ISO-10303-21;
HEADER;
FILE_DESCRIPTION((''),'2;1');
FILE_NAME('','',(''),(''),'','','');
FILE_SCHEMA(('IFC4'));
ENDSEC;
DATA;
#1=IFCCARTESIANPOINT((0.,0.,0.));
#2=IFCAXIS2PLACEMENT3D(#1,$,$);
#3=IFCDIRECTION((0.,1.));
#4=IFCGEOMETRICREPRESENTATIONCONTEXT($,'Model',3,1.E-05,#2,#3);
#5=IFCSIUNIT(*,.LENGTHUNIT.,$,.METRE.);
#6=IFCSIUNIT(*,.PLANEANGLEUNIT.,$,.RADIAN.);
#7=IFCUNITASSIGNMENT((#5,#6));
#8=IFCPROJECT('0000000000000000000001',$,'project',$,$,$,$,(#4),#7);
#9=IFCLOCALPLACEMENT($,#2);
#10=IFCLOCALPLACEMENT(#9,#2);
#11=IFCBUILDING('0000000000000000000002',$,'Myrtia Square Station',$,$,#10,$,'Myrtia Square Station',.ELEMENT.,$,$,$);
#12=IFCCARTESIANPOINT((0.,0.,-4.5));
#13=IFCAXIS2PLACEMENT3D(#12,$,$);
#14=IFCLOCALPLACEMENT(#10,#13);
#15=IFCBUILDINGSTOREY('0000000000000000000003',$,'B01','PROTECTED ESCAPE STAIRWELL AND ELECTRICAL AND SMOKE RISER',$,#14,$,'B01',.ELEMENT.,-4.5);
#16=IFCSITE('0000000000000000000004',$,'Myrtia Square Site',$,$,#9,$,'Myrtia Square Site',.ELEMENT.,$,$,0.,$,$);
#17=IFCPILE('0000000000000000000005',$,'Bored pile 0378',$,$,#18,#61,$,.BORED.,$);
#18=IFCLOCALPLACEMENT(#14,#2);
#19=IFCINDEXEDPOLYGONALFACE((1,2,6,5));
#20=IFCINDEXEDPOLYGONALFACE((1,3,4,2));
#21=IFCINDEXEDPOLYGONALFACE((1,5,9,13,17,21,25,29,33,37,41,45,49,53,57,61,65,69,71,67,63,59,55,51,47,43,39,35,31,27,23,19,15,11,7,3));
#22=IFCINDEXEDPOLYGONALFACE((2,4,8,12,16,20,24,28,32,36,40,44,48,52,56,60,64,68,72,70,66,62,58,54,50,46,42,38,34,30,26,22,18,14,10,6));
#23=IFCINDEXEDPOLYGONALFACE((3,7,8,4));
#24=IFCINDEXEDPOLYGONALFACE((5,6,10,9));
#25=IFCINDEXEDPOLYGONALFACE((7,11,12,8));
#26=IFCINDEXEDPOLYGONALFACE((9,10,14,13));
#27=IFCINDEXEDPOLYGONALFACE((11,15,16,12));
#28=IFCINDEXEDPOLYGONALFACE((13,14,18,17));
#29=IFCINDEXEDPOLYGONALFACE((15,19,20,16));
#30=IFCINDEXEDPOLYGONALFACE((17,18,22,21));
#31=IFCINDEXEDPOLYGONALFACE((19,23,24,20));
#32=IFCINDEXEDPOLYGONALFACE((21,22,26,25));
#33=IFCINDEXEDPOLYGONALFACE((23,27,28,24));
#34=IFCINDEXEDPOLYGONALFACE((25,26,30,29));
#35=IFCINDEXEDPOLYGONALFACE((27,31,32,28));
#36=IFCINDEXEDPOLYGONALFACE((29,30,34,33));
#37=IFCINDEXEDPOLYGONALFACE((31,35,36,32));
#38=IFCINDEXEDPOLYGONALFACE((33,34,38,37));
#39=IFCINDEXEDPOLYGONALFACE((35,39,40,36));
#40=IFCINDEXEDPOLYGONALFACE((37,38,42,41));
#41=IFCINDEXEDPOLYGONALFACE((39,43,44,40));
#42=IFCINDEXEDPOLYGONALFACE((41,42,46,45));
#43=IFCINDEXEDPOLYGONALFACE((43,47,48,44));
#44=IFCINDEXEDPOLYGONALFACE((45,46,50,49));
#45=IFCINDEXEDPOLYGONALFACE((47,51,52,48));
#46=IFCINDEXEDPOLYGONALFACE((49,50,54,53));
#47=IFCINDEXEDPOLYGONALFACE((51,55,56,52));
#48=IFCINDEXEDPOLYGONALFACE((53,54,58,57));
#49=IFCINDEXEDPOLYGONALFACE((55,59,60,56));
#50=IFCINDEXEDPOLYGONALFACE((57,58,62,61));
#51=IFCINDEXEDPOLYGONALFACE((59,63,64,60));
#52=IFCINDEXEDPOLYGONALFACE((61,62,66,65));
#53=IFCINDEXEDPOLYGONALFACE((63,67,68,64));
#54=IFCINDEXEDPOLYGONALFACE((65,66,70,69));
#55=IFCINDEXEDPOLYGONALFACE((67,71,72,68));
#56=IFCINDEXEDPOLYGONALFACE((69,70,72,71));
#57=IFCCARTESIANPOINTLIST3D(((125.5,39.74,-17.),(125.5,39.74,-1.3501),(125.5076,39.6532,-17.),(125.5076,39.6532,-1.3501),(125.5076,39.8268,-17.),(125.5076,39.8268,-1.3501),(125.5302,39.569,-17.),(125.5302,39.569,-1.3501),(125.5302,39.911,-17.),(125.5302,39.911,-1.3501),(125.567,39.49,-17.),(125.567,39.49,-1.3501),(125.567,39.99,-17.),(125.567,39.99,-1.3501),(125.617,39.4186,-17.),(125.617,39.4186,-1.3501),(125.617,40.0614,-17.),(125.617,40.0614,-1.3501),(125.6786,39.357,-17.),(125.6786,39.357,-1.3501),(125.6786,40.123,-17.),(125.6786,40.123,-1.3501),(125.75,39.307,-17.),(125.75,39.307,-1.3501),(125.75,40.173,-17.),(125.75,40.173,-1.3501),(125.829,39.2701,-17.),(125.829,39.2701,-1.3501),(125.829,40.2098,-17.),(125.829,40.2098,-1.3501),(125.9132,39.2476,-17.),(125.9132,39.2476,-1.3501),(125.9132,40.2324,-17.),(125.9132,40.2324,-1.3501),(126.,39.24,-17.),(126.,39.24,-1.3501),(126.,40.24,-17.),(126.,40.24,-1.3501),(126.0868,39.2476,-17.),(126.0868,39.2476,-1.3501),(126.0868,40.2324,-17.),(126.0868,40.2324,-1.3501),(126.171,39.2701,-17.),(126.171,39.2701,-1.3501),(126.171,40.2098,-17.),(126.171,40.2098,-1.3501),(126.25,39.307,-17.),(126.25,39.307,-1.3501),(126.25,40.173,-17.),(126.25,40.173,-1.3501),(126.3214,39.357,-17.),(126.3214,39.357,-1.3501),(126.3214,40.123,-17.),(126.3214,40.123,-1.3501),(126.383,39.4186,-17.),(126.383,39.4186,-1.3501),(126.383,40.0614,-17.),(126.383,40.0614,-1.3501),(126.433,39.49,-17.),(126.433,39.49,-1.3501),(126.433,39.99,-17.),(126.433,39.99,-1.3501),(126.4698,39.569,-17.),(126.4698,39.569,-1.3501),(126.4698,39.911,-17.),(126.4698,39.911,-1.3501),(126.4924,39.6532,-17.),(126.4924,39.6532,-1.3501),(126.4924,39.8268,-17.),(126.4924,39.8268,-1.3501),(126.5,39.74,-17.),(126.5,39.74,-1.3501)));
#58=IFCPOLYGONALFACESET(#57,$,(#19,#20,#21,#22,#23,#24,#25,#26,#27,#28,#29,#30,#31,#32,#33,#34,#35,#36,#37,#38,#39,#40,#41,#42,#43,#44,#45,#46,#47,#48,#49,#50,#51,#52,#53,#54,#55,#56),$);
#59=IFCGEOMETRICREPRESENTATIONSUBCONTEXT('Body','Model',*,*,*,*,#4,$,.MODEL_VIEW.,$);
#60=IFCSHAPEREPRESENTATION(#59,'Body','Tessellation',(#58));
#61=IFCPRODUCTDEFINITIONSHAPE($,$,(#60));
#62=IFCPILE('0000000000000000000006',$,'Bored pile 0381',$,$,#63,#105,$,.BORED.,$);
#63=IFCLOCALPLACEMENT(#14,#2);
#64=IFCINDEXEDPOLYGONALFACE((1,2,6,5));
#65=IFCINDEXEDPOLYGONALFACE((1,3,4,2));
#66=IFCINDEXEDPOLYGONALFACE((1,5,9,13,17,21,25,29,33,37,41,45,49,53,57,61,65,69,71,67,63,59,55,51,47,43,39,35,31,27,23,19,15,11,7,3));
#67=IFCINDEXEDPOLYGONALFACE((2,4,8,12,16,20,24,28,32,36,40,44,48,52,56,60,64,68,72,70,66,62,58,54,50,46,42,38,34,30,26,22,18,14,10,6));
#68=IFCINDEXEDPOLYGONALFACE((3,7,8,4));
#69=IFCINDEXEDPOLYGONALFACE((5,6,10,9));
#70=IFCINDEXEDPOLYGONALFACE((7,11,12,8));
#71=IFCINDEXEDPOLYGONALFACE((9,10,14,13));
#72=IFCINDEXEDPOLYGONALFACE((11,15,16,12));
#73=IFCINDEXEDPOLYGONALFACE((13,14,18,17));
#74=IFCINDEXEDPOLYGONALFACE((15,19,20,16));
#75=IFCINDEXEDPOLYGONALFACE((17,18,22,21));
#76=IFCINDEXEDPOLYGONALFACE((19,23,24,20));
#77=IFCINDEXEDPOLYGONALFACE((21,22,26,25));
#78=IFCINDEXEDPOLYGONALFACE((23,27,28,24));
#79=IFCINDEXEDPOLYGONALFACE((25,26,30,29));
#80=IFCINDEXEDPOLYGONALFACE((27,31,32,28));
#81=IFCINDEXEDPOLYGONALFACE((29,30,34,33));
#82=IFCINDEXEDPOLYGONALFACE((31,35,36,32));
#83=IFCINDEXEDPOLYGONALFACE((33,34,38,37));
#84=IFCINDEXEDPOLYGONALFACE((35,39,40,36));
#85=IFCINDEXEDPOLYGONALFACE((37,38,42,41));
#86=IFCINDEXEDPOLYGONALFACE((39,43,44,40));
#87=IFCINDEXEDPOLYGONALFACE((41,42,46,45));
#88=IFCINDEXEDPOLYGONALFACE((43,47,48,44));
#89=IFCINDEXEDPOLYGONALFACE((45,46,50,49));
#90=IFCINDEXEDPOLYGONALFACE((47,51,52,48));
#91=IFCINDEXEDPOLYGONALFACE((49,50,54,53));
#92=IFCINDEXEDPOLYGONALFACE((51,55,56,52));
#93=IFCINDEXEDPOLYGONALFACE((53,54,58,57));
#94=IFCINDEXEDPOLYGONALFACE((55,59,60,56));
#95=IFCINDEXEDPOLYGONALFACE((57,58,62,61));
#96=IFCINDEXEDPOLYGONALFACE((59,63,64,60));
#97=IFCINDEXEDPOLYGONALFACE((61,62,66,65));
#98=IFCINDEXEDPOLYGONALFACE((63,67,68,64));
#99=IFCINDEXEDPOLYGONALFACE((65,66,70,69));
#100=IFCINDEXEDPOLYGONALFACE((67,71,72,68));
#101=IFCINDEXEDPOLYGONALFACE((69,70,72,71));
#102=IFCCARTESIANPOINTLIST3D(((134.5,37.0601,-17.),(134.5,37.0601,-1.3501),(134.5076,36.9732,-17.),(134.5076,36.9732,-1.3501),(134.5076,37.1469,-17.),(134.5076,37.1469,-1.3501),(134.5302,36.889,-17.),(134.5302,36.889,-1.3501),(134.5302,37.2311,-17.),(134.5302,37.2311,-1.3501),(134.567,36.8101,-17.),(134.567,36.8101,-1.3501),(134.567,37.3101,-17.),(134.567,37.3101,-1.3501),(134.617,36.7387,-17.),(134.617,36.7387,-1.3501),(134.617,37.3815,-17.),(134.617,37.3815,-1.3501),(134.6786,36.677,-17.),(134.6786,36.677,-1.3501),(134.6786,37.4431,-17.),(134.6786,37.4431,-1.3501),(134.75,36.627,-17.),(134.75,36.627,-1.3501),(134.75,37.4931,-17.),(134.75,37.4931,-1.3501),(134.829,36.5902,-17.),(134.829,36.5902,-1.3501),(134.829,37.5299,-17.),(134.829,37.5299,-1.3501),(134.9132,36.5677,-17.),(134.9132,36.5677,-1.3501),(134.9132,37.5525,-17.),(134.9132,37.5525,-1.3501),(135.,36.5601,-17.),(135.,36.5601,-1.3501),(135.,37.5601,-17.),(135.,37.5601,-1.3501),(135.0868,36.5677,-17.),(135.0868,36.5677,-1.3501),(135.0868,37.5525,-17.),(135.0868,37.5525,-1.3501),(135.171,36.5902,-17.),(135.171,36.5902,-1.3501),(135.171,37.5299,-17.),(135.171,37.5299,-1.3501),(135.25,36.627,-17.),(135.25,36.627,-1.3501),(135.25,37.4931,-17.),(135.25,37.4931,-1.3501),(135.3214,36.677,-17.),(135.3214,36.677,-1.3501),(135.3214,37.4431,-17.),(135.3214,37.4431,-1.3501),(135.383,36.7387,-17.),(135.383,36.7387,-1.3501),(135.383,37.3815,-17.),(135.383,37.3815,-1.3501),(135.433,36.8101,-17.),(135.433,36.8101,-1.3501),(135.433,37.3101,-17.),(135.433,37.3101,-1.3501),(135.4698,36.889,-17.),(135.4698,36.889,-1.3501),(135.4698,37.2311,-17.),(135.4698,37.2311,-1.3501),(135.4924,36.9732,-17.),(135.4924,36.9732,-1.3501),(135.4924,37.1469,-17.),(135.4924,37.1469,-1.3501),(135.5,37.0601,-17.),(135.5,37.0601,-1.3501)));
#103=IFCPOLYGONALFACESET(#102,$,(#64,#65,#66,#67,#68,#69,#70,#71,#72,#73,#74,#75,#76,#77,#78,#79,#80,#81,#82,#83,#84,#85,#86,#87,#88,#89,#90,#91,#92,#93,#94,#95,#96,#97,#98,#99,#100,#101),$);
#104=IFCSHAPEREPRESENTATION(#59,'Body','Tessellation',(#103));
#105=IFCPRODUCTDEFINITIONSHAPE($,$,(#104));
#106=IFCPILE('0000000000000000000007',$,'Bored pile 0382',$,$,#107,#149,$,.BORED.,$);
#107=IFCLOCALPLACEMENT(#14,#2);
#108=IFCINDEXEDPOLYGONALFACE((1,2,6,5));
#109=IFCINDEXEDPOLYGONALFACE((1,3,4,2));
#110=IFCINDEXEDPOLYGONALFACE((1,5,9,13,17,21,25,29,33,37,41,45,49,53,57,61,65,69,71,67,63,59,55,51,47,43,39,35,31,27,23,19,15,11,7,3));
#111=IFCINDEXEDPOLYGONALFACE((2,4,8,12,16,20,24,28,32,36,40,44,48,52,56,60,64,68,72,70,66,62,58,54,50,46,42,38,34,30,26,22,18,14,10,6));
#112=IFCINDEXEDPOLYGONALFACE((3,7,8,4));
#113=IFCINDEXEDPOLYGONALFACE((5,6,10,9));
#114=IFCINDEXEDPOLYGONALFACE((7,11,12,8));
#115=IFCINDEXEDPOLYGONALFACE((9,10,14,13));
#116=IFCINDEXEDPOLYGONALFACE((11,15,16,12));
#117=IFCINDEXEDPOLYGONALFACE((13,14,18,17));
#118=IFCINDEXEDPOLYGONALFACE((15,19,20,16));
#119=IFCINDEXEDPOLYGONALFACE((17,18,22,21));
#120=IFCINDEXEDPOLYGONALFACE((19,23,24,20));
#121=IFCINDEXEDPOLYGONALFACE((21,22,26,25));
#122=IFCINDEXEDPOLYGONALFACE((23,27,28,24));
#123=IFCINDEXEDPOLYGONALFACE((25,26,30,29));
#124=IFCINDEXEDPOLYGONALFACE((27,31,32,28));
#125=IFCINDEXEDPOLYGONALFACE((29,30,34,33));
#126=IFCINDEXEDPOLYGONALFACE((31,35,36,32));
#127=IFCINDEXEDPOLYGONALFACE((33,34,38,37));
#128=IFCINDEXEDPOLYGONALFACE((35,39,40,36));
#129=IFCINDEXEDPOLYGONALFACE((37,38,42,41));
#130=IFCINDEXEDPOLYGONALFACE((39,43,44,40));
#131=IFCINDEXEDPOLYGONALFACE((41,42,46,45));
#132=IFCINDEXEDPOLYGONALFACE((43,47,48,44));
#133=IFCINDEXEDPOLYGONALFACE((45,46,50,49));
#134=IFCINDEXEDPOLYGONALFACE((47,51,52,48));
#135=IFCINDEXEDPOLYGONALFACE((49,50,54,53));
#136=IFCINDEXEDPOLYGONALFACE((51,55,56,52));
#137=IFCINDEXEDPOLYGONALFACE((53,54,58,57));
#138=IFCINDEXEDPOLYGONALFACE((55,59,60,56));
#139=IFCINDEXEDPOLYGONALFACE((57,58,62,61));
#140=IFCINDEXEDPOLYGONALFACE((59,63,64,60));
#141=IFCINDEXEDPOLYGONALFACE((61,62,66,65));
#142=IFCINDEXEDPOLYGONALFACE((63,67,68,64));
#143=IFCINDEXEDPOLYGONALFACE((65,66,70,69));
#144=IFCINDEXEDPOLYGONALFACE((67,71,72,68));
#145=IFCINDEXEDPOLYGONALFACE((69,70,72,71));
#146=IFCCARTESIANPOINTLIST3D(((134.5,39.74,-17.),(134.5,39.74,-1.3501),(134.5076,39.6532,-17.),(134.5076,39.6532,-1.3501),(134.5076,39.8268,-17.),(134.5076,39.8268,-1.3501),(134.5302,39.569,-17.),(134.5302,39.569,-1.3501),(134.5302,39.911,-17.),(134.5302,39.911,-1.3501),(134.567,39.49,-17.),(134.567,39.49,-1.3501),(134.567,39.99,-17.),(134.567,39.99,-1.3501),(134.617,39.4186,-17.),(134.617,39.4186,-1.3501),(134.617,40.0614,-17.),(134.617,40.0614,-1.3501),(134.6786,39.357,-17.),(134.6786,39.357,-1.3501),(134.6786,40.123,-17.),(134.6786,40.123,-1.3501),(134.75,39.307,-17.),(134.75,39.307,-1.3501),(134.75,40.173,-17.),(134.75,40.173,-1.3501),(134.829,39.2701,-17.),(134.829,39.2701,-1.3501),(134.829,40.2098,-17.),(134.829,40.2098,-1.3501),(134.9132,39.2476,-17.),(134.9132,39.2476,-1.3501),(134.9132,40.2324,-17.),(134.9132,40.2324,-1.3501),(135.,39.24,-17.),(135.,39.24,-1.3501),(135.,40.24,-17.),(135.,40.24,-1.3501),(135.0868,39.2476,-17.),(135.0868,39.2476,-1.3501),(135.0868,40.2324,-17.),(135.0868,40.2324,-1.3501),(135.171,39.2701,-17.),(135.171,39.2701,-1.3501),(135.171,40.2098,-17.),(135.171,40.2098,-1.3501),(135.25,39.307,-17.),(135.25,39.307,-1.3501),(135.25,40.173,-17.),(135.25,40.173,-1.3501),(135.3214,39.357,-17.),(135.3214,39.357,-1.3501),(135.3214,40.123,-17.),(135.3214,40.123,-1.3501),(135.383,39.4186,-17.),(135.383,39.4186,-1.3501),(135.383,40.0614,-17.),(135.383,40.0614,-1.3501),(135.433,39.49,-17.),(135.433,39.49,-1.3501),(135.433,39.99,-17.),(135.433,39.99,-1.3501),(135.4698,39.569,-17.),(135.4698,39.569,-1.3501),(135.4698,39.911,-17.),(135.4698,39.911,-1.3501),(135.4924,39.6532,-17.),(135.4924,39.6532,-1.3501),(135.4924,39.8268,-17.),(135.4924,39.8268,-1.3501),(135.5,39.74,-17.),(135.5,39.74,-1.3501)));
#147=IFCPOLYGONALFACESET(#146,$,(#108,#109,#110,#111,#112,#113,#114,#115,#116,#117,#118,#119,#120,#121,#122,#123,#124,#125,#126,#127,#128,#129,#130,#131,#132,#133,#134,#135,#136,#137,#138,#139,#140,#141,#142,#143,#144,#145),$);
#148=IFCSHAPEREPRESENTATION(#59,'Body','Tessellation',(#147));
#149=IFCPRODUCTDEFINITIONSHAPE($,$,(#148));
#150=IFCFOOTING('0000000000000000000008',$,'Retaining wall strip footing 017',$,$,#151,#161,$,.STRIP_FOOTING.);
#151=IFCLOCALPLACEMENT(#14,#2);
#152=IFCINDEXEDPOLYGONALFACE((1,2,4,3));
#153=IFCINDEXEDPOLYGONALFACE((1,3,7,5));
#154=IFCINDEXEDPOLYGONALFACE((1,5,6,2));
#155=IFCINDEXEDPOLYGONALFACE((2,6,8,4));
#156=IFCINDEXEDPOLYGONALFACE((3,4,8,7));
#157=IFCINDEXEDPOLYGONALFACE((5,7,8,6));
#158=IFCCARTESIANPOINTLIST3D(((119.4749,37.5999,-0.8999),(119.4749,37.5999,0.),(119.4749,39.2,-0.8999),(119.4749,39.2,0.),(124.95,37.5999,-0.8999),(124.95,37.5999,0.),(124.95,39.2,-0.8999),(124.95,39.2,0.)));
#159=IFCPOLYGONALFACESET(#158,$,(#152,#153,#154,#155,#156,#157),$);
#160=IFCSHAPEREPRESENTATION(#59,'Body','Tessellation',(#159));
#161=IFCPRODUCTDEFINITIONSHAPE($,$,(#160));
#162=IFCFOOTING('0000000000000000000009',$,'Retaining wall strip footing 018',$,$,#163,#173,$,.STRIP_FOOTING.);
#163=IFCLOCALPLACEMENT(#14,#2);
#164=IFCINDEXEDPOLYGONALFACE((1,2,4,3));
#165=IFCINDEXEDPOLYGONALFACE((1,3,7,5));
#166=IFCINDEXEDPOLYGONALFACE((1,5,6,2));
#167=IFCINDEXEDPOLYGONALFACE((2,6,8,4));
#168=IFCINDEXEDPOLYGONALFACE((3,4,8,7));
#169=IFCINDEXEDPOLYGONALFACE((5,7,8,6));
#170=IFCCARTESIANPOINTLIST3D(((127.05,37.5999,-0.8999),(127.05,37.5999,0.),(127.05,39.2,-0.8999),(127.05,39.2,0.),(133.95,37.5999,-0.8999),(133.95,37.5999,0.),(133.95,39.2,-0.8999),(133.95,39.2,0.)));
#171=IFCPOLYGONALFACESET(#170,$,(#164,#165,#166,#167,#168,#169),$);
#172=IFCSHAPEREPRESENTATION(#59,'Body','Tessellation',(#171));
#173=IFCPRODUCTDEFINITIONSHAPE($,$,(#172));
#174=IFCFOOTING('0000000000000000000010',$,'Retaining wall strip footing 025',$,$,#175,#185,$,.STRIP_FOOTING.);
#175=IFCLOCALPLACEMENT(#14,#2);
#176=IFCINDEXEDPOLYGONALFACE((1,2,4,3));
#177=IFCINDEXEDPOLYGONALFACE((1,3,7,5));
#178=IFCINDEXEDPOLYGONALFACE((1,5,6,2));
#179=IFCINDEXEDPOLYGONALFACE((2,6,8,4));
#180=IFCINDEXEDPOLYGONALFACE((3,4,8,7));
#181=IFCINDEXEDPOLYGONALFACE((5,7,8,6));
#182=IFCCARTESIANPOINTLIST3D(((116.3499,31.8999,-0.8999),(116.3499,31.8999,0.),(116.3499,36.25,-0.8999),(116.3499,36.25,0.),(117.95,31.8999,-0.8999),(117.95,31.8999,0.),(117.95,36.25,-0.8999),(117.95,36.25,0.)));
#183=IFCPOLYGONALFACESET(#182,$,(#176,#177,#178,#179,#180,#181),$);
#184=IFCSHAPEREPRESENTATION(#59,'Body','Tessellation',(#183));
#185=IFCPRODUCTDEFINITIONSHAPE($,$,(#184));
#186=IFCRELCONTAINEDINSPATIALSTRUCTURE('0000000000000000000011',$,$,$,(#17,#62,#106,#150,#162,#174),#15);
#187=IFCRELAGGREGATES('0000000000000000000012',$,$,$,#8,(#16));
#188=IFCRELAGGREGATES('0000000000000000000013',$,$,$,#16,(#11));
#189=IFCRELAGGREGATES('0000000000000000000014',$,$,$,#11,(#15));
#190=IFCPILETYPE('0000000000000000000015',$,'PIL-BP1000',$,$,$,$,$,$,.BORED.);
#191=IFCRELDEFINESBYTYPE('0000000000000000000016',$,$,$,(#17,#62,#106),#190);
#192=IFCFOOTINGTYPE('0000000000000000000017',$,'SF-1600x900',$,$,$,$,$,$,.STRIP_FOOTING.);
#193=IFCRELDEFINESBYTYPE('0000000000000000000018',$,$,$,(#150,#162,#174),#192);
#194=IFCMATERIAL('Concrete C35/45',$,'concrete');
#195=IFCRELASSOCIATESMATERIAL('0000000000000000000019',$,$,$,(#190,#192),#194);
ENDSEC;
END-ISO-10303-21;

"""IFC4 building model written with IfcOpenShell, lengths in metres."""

from ifc_helpers import new_model, si_unit, direction, frame, origin, origin_2d, place, context, subcontext, project, spatial, rectangle, circle, extrude, material, material_profile, profile_set, type_object, element, save


model = new_model("IFC4")

# Units and contexts
model_context = context("Model", 3, precision=1e-05, world=origin(), true_north=direction((0.0, 1.0)))
body_context = subcontext(model_context, "Body", "Model", "MODEL_VIEW")
ifc_project = project(units=[si_unit("LENGTHUNIT", "METRE"), si_unit("PLANEANGLEUNIT", "RADIAN")], contexts=[model_context])

# Site, building, storey
site_placement = place(None, origin())
site = spatial("IfcSite", under=ifc_project, at=site_placement, Name="Myrtia Square Site", LongName="Myrtia Square Site", CompositionType="ELEMENT", RefElevation=0.0)
building_placement = place(site_placement, origin())
building = spatial("IfcBuilding", under=site, at=building_placement, Name="Myrtia Square Station", LongName="Myrtia Square Station", CompositionType="ELEMENT")
storey_placement = place(building_placement, frame((0.0, 0.0, -4.5)))
storey = spatial("IfcBuildingStorey", under=building, at=storey_placement, Name="B01", Description="PROTECTED ESCAPE STAIRWELL AND ELECTRICAL AND SMOKE RISER", LongName="B01", CompositionType="ELEMENT", Elevation=-4.5)

# Shared definitions
ifc_material_1 = material(Name="Concrete C35/45", Category="concrete")

# Piles
ifc_material_profile_1 = material_profile(ifc_material_1, circle(Radius=0.5, at=origin_2d()), Name="BP D1000")
ifc_profile_set_1 = profile_set([ifc_material_profile_1], Name="Concrete C35/45")
pile_type = type_object("IfcPileType", Name="PIL-BP1000", PredefinedType="BORED", material=ifc_profile_set_1)
for number, where, z_axis, x_axis, name in (
    (1, (126.0, 39.74, -1.3501), (0.0, 0.0, -1.0), (1.0, 0.0, 0.0), "Bored pile 0378"),
    (2, (135.0, 37.0601, -1.3501), (0.0, 0.0, -1.0), (1.0, 0.0, 0.0), "Bored pile 0381"),
    (3, (135.0, 39.74, -1.3501), (0.0, 0.0, -1.0), (1.0, 0.0, 0.0), "Bored pile 0382"),
):
    element("IfcPile", number, at=place(storey_placement, frame(where, z_axis=z_axis, x_axis=x_axis)), inside=storey, type_object=pile_type, Name=name, PredefinedType="BORED", context=body_context, shape_type="SweptSolid", body=[
        extrude(circle(Radius=0.5, at=origin_2d()), origin(), (0.0, 0.0, 1.0), 15.6499),
    ])

# Footings
footing_type_1 = type_object("IfcFootingType", Name="SF-1600x900", PredefinedType="STRIP_FOOTING", material=ifc_material_1)
footing_1_placement = place(storey_placement, frame((122.2124, 38.3999, -0.8999), z_axis=(0.0, 0.0, 1.0), x_axis=(1.0, 0.0, 0.0)))
element("IfcFooting", 4, at=footing_1_placement, inside=storey, type_object=footing_type_1, Name="Retaining wall strip footing 017", PredefinedType="STRIP_FOOTING", context=body_context, shape_type="SweptSolid", body=[
    extrude(rectangle(XDim=5.4751, YDim=1.6001, at=origin_2d()), origin(), (0.0, 0.0, 1.0), 0.8999),
])
footing_2_placement = place(storey_placement, frame((130.5, 38.3999, -0.8999), z_axis=(0.0, 0.0, 1.0), x_axis=(1.0, 0.0, 0.0)))
element("IfcFooting", 5, at=footing_2_placement, inside=storey, type_object=footing_type_1, Name="Retaining wall strip footing 018", PredefinedType="STRIP_FOOTING", context=body_context, shape_type="SweptSolid", body=[
    extrude(rectangle(XDim=6.8999, YDim=1.6001, at=origin_2d()), origin(), (0.0, 0.0, 1.0), 0.8999),
])
footing_3_placement = place(storey_placement, frame((117.1499, 34.075, -0.8999), z_axis=(0.0, 0.0, 1.0), x_axis=(1.0, 0.0, 0.0)))
element("IfcFooting", 6, at=footing_3_placement, inside=storey, type_object=footing_type_1, Name="Retaining wall strip footing 025", PredefinedType="STRIP_FOOTING", context=body_context, shape_type="SweptSolid", body=[
    extrude(rectangle(XDim=1.6001, YDim=4.3501, at=origin_2d()), origin(), (0.0, 0.0, 1.0), 0.8999),
])

save(model, "model.ifc")
